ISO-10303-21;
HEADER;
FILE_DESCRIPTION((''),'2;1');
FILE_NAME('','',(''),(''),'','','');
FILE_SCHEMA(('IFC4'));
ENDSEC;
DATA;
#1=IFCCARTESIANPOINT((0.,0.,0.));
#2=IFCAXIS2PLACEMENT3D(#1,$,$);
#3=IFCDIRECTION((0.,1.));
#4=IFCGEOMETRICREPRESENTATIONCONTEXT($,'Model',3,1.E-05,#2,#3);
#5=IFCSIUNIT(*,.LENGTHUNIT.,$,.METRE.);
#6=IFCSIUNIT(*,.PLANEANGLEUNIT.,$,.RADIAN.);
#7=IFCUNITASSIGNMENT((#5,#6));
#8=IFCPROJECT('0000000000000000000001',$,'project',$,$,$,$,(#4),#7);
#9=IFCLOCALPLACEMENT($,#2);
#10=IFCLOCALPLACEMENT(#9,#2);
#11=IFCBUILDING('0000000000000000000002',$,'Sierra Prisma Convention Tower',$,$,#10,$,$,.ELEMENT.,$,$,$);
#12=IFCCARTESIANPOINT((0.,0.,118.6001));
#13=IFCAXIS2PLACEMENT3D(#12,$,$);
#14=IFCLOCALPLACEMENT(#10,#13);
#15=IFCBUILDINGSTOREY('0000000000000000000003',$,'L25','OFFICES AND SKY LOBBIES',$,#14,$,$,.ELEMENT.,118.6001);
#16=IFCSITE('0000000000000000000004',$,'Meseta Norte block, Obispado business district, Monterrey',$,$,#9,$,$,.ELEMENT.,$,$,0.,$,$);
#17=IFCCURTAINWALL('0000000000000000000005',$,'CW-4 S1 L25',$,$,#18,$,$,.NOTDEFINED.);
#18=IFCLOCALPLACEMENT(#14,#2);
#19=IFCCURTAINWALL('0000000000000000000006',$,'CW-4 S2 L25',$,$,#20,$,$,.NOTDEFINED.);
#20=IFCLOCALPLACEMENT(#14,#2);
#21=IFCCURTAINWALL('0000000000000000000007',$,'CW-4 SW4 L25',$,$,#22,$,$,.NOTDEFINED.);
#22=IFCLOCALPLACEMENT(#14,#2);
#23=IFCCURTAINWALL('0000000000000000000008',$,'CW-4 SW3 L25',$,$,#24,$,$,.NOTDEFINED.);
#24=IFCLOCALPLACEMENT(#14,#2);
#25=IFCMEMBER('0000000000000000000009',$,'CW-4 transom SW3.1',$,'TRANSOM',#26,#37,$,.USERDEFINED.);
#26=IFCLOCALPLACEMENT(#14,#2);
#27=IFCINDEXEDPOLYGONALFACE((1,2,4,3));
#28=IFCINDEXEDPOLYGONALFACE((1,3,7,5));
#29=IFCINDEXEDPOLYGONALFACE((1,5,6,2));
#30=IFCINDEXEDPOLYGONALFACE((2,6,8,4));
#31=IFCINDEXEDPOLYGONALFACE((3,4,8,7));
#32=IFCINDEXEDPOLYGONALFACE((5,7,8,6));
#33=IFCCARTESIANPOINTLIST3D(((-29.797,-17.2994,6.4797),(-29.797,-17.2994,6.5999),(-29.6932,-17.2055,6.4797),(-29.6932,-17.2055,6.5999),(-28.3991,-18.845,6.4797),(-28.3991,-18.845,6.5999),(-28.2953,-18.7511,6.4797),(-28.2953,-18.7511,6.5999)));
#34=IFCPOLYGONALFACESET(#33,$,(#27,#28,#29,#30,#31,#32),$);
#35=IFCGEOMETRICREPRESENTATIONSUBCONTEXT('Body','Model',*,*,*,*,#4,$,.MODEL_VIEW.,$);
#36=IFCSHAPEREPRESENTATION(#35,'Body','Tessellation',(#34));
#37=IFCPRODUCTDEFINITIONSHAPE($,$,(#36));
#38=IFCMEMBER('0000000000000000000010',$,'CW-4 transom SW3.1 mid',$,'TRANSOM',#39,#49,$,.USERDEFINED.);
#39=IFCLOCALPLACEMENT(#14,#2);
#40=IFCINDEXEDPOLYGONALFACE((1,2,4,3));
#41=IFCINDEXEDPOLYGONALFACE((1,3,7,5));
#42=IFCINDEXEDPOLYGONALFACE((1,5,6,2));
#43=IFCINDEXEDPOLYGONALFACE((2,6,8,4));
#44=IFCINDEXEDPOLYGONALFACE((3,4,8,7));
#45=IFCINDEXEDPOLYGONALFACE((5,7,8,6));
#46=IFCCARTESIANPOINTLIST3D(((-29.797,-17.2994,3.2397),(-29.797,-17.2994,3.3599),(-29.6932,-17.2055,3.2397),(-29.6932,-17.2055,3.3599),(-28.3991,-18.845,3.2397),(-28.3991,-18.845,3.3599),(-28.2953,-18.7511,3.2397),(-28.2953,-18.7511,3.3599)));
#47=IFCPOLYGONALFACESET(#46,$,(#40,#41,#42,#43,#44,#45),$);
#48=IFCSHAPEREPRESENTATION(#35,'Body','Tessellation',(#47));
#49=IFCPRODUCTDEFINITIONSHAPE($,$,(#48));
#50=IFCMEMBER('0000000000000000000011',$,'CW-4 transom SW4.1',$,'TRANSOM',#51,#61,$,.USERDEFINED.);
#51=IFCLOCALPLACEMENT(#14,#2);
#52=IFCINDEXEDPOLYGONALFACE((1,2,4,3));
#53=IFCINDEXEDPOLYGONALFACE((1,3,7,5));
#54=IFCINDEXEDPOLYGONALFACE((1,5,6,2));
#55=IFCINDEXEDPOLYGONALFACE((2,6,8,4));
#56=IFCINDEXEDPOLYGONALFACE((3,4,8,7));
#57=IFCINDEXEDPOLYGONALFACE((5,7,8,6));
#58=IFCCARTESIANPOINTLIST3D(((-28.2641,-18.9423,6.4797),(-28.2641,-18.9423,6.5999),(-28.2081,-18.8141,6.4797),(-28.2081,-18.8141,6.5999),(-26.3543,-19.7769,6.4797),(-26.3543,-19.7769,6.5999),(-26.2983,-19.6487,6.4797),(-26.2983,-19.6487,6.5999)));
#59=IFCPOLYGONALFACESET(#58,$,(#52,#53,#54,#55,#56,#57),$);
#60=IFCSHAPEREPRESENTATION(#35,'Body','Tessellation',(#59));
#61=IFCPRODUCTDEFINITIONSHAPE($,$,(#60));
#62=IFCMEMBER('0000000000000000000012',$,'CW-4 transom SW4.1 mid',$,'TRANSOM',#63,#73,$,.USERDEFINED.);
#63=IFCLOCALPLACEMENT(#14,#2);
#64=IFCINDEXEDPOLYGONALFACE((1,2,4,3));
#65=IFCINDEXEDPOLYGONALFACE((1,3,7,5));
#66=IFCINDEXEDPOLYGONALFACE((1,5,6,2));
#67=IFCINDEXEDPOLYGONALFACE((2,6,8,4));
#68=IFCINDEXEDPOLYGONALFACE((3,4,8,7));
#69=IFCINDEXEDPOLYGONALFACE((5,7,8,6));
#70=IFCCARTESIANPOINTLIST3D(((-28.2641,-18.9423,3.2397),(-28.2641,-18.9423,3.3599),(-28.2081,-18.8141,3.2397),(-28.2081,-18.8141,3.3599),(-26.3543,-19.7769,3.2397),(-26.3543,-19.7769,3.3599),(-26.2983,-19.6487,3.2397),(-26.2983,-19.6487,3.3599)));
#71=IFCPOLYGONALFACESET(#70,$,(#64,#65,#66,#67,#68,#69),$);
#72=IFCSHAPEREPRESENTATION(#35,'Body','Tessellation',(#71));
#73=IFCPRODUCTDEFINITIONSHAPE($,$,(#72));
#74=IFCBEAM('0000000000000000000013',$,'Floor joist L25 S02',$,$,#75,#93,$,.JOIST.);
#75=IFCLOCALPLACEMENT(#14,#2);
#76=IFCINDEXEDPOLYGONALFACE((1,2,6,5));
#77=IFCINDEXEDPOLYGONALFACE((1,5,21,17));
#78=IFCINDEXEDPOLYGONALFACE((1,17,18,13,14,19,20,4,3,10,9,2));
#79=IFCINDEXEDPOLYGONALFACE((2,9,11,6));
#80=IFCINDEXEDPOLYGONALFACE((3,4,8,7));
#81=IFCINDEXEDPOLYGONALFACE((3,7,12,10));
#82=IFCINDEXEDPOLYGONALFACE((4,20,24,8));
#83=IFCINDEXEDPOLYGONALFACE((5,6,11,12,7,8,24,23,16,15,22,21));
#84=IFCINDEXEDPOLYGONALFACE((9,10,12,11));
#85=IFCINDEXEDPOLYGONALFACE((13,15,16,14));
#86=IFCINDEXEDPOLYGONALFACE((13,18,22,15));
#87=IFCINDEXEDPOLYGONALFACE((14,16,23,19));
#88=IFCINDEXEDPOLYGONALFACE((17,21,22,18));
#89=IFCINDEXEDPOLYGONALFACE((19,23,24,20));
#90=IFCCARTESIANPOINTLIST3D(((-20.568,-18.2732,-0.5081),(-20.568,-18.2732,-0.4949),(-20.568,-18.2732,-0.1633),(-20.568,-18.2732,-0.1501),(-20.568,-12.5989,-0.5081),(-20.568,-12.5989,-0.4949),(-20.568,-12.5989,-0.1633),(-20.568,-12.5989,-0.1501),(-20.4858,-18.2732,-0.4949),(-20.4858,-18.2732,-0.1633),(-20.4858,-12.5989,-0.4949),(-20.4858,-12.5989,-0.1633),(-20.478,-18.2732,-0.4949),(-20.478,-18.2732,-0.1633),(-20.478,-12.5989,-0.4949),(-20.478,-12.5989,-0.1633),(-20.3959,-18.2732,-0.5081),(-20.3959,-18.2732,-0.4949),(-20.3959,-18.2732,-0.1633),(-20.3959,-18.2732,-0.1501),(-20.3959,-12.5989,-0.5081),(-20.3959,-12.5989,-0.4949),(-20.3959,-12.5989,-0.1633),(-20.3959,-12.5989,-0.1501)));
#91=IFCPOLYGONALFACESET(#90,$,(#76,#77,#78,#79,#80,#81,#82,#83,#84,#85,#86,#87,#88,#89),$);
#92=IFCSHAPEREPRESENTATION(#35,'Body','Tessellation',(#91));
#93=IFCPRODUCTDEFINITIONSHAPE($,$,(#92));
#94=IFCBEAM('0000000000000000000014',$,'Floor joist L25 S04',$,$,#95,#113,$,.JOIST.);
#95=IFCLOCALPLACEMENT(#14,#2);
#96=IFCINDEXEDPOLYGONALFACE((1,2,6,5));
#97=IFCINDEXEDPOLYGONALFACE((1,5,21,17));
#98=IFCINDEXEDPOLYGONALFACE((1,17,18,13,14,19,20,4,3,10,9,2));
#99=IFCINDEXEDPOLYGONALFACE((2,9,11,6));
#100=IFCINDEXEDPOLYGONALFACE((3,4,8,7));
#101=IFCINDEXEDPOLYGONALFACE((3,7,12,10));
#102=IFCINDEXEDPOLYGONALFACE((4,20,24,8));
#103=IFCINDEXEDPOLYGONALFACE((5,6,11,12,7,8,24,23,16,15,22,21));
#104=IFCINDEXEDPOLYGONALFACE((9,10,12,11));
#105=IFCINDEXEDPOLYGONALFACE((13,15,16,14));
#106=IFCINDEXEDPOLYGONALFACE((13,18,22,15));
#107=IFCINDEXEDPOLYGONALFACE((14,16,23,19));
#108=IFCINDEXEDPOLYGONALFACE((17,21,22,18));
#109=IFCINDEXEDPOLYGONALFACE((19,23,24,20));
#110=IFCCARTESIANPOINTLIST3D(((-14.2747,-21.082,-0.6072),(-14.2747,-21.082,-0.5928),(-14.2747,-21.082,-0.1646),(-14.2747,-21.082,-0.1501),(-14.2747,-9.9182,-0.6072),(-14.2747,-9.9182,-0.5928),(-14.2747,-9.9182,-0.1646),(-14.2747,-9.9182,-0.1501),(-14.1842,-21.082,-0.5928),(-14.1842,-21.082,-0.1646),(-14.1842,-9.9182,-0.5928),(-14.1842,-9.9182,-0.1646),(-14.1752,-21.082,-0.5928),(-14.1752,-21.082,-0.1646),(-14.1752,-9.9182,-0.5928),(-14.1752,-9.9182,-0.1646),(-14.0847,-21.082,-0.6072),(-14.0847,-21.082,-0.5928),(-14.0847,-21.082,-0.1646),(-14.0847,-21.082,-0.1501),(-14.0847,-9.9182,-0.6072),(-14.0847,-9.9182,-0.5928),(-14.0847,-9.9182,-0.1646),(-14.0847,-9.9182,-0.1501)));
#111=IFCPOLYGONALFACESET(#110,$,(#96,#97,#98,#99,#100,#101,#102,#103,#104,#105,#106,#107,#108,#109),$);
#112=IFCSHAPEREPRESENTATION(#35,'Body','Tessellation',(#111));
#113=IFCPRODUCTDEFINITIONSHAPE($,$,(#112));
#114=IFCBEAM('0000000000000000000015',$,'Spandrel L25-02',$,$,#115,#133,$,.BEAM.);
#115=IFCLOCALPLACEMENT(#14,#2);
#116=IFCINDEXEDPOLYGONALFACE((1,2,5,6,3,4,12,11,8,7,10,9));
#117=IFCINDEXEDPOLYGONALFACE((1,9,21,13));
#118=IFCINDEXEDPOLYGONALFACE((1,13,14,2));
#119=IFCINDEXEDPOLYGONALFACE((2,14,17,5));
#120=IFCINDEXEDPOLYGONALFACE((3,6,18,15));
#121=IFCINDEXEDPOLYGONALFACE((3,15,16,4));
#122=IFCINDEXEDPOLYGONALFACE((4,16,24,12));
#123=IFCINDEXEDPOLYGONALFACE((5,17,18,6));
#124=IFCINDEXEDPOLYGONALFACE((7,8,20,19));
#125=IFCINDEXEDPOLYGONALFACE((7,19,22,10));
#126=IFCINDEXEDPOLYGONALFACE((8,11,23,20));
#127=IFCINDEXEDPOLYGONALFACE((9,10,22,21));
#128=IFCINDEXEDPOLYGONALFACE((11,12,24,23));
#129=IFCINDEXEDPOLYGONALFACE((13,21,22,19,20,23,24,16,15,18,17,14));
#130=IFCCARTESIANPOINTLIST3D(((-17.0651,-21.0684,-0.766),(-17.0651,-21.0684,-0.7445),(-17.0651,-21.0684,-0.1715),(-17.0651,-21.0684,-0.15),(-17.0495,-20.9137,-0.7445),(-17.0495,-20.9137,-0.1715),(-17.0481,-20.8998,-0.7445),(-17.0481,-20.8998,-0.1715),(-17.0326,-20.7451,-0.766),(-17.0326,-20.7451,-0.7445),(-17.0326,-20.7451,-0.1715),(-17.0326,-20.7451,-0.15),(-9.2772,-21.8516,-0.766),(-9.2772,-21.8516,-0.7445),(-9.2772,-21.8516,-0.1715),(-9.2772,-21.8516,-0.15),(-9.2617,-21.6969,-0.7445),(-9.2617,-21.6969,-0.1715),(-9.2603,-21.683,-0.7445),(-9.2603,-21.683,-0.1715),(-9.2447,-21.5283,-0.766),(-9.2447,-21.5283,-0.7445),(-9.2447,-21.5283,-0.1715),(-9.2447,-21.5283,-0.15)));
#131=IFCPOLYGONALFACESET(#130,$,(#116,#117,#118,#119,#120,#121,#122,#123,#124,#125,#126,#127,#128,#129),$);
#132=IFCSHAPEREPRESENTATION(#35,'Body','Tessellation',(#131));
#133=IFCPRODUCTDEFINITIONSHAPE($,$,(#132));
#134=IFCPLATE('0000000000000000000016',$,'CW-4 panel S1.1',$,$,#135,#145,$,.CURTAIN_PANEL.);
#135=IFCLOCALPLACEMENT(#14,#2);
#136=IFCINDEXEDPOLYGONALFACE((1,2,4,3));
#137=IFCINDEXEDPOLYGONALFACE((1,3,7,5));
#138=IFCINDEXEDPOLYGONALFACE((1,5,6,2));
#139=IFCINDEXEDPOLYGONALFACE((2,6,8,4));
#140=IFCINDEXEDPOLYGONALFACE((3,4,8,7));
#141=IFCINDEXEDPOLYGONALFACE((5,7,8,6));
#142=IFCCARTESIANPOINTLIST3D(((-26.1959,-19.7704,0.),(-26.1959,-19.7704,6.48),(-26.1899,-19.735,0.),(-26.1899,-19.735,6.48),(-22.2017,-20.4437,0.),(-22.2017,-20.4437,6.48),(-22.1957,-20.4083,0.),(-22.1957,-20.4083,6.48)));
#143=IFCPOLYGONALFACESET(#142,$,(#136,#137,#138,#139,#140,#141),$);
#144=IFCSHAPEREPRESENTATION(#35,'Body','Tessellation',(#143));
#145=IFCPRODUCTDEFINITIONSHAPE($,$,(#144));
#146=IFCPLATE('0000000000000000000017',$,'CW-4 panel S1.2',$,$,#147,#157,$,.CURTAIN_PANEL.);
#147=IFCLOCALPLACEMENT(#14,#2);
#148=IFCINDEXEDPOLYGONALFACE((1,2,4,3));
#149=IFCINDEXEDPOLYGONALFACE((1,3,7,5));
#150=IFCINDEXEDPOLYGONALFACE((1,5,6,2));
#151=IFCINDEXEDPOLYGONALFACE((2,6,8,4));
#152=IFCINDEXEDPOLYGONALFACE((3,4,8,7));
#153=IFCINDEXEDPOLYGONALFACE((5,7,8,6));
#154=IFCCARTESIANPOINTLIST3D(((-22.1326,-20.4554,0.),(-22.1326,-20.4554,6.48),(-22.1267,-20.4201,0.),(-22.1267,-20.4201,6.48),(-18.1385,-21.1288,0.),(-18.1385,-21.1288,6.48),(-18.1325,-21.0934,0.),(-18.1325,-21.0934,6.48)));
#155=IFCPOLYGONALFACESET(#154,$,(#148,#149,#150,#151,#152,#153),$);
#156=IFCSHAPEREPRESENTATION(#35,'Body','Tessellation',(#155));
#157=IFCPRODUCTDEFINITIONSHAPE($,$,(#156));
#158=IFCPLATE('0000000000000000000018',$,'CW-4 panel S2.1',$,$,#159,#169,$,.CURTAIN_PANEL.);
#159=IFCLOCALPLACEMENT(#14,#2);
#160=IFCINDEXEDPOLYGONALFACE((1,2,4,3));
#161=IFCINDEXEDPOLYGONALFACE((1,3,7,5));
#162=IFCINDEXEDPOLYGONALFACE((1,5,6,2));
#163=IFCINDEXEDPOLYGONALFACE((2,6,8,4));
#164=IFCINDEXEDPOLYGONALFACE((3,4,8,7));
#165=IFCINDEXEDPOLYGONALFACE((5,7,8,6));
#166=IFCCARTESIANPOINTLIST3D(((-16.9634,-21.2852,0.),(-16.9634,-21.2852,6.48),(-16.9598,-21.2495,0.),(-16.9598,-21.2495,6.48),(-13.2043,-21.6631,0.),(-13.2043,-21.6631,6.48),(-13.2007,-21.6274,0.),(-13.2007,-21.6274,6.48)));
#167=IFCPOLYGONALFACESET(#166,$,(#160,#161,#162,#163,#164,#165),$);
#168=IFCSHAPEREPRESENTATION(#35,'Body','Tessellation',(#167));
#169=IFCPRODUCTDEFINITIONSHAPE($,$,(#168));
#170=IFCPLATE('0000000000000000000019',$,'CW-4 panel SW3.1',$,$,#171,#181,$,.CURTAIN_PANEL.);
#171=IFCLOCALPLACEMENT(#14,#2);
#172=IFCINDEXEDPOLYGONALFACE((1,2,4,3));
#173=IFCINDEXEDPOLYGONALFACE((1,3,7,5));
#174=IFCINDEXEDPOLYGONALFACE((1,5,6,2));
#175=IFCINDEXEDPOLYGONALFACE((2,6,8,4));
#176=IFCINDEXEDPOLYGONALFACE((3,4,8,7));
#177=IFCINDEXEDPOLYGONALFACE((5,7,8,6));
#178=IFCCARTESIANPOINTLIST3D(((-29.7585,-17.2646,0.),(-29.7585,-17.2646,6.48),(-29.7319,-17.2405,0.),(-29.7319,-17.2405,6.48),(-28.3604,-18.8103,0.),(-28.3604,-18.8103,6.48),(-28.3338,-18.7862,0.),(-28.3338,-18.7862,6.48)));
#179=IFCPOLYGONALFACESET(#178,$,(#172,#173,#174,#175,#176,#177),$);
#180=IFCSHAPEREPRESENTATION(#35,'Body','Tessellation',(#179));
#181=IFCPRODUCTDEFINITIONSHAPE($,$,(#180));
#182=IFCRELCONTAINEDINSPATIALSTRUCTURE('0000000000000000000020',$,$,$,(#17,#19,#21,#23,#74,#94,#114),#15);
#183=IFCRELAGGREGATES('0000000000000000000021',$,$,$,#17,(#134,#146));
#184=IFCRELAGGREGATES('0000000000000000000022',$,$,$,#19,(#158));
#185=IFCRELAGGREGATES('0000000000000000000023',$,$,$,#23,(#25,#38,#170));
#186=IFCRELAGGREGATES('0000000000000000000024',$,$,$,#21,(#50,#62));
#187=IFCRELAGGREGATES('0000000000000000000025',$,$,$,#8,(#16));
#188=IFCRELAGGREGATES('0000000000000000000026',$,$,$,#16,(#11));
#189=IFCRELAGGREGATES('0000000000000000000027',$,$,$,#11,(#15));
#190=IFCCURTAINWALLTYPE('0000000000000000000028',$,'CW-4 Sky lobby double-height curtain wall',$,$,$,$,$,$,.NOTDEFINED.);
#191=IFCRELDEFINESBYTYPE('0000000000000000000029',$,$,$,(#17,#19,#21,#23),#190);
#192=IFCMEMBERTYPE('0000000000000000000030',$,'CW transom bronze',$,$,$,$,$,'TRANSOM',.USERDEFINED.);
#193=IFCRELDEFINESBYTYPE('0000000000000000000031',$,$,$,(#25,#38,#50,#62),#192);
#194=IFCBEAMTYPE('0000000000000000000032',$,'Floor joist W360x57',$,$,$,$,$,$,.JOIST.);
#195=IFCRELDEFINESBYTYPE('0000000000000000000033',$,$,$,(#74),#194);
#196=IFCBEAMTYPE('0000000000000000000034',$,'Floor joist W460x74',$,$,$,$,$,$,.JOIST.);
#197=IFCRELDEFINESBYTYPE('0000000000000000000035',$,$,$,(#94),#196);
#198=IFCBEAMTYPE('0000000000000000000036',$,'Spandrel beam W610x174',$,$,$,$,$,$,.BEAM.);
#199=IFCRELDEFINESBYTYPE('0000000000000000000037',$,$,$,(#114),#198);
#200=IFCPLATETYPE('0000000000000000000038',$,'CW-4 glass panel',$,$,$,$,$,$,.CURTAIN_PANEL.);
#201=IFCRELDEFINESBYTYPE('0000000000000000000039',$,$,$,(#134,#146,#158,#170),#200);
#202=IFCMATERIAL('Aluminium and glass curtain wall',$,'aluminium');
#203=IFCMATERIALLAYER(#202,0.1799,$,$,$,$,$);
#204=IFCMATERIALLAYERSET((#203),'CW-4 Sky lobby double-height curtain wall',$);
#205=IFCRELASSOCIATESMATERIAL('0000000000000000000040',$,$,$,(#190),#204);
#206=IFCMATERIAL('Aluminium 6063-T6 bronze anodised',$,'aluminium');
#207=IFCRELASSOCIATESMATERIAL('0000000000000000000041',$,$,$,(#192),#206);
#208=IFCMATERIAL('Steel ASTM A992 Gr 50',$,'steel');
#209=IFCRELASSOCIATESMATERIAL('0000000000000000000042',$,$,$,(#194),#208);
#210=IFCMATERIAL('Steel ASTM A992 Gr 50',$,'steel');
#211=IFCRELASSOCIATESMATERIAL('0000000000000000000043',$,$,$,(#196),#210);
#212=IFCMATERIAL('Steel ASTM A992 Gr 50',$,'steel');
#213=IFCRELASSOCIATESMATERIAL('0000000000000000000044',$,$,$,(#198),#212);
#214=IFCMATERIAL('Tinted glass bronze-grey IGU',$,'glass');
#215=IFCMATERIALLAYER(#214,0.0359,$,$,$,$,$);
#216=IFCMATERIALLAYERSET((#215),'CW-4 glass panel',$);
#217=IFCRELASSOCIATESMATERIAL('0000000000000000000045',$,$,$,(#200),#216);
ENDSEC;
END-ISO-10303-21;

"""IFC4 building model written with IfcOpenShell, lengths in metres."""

from ifc_helpers import new_model, si_unit, direction, frame, origin, origin_2d, place, context, subcontext, project, spatial, rectangle, i_section, extrude, material, layer, layer_set, material_profile, profile_set, type_object, element, aggregate, save


model = new_model("IFC4")

# Units and contexts
model_context = context("Model", 3, precision=1e-05, world=origin(), true_north=direction((0.0, 1.0)))
body_context = subcontext(model_context, "Body", "Model", "MODEL_VIEW")
ifc_project = project(units=[si_unit("LENGTHUNIT", "METRE"), si_unit("PLANEANGLEUNIT", "RADIAN")], contexts=[model_context])

# Site, building, storey
site_placement = place(None, origin())
site = spatial("IfcSite", under=ifc_project, at=site_placement, Name="Meseta Norte block, Obispado business district, Monterrey", CompositionType="ELEMENT", RefElevation=0.0)
building_placement = place(site_placement, origin())
building = spatial("IfcBuilding", under=site, at=building_placement, Name="Sierra Prisma Convention Tower", CompositionType="ELEMENT")
storey_placement = place(building_placement, frame((0.0, 0.0, 118.6001)))
storey = spatial("IfcBuildingStorey", under=building, at=storey_placement, Name="L25", Description="OFFICES AND SKY LOBBIES", CompositionType="ELEMENT", Elevation=118.6001)

# Curtain walls
ifc_material_1 = material(Name="Aluminium and glass curtain wall", Category="aluminium")
ifc_layer_1 = layer(ifc_material_1, 0.1799)
ifc_layer_set_1 = layer_set([ifc_layer_1], Name="CW-4 Sky lobby double-height curtain wall")
curtain_wall_type = type_object("IfcCurtainWallType", Name="CW-4 Sky lobby double-height curtain wall", PredefinedType="NOTDEFINED", material=ifc_layer_set_1)
curtain_wall_1_placement = place(storey_placement, origin())
curtain_wall_1 = element("IfcCurtainWall", 1, at=curtain_wall_1_placement, inside=storey, type_object=curtain_wall_type, Name="CW-4 S1 L25", PredefinedType="NOTDEFINED")
curtain_wall_2_placement = place(storey_placement, origin())
curtain_wall_2 = element("IfcCurtainWall", 2, at=curtain_wall_2_placement, inside=storey, type_object=curtain_wall_type, Name="CW-4 S2 L25", PredefinedType="NOTDEFINED")

# Curtain wall
curtain_wall_3_placement = place(storey_placement, origin())
curtain_wall_3 = element("IfcCurtainWall", 3, at=curtain_wall_3_placement, inside=storey, type_object=curtain_wall_type, Name="CW-4 SW4 L25", PredefinedType="NOTDEFINED")

# Shared definitions
ifc_material_2 = material(Name="Aluminium 6063-T6 bronze anodised", Category="aluminium")
ifc_material_profile_1 = material_profile(ifc_material_2, rectangle(XDim=0.1399, YDim=0.1201, at=origin_2d()), Name="ALU TRANSOM 120x140")
ifc_profile_set_1 = profile_set([ifc_material_profile_1], Name="Aluminium 6063-T6 bronze anodised")
member_type_1 = type_object("IfcMemberType", Name="CW transom bronze", ElementType="TRANSOM", PredefinedType="USERDEFINED", material=ifc_profile_set_1)

# Curtain wall, members
curtain_wall_4_placement = place(storey_placement, origin())
curtain_wall_4 = element("IfcCurtainWall", 4, at=curtain_wall_4_placement, inside=storey, type_object=curtain_wall_type, Name="CW-4 SW3 L25", PredefinedType="NOTDEFINED")
member_1_placement = place(storey_placement, frame((-29.7451, -17.2524, 6.5398), z_axis=(0.670781, -0.741655, 0.0), x_axis=(0.741655, 0.670781, 0.0)))
member_1 = element("IfcMember", 5, at=member_1_placement, type_object=member_type_1, Name="CW-4 transom SW3.1", ObjectType="TRANSOM", PredefinedType="USERDEFINED", context=body_context, shape_type="SweptSolid", body=[
    extrude(rectangle(XDim=0.1399, YDim=0.1201, at=origin_2d()), origin(), (0.0, 0.0, 1.0), 2.084),
])
member_2_placement = place(storey_placement, frame((-29.7451, -17.2524, 3.2998), z_axis=(0.670781, -0.741655, 0.0), x_axis=(0.741655, 0.670781, 0.0)))
member_2 = element("IfcMember", 6, at=member_2_placement, type_object=member_type_1, Name="CW-4 transom SW3.1 mid", ObjectType="TRANSOM", PredefinedType="USERDEFINED", context=body_context, shape_type="SweptSolid", body=[
    extrude(rectangle(XDim=0.1399, YDim=0.1201, at=origin_2d()), origin(), (0.0, 0.0, 1.0), 2.084),
])

# Members
member_3_placement = place(storey_placement, frame((-28.2361, -18.8782, 6.5398), z_axis=(0.91631, -0.400469, 0.0), x_axis=(0.400469, 0.91631, 0.0)))
member_3 = element("IfcMember", 7, at=member_3_placement, type_object=member_type_1, Name="CW-4 transom SW4.1", ObjectType="TRANSOM", PredefinedType="USERDEFINED", context=body_context, shape_type="SweptSolid", body=[
    extrude(rectangle(XDim=0.1399, YDim=0.1201, at=origin_2d()), origin(), (0.0, 0.0, 1.0), 2.0842),
])
member_4_placement = place(storey_placement, frame((-28.2361, -18.8782, 3.2998), z_axis=(0.91631, -0.400469, 0.0), x_axis=(0.400469, 0.91631, 0.0)))
member_4 = element("IfcMember", 8, at=member_4_placement, type_object=member_type_1, Name="CW-4 transom SW4.1 mid", ObjectType="TRANSOM", PredefinedType="USERDEFINED", context=body_context, shape_type="SweptSolid", body=[
    extrude(rectangle(XDim=0.1399, YDim=0.1201, at=origin_2d()), origin(), (0.0, 0.0, 1.0), 2.0842),
])

# Beams
ifc_material_3 = material(Name="Steel ASTM A992 Gr 50", Category="steel")
ifc_material_profile_2 = material_profile(ifc_material_3, i_section(OverallWidth=0.1721, OverallDepth=0.3579, WebThickness=0.0078, FlangeThickness=0.0132, at=origin_2d()), Name="W360x57")
ifc_profile_set_2 = profile_set([ifc_material_profile_2], Name="Steel ASTM A992 Gr 50")
beam_type_1 = type_object("IfcBeamType", Name="Floor joist W360x57", PredefinedType="JOIST", material=ifc_profile_set_2)
beam_1_placement = place(storey_placement, frame((-20.4819, -18.2732, -0.3291), z_axis=(0.0, 1.0, 0.0), x_axis=(-1.0, 0.0, 0.0)))
element("IfcBeam", 9, at=beam_1_placement, inside=storey, type_object=beam_type_1, Name="Floor joist L25 S02", PredefinedType="JOIST", context=body_context, shape_type="SweptSolid", body=[
    extrude(i_section(OverallWidth=0.1721, OverallDepth=0.3579, WebThickness=0.0078, FlangeThickness=0.0132, at=origin_2d()), origin(), (0.0, 0.0, 1.0), 5.6743),
])
ifc_material_4 = material(Name="Steel ASTM A992 Gr 50", Category="steel")
ifc_material_profile_3 = material_profile(ifc_material_4, i_section(OverallWidth=0.1899, OverallDepth=0.457, WebThickness=0.009, FlangeThickness=0.0144, at=origin_2d()), Name="W460x74")
ifc_profile_set_3 = profile_set([ifc_material_profile_3], Name="Steel ASTM A992 Gr 50")
beam_type_2 = type_object("IfcBeamType", Name="Floor joist W460x74", PredefinedType="JOIST", material=ifc_profile_set_3)
beam_2_placement = place(storey_placement, frame((-14.1797, -21.082, -0.3787), z_axis=(0.0, 1.0, 0.0), x_axis=(-1.0, 0.0, 0.0)))
element("IfcBeam", 10, at=beam_2_placement, inside=storey, type_object=beam_type_2, Name="Floor joist L25 S04", PredefinedType="JOIST", context=body_context, shape_type="SweptSolid", body=[
    extrude(i_section(OverallWidth=0.1899, OverallDepth=0.457, WebThickness=0.009, FlangeThickness=0.0144, at=origin_2d()), origin(), (0.0, 0.0, 1.0), 11.1638),
])
ifc_material_5 = material(Name="Steel ASTM A992 Gr 50", Category="steel")
ifc_material_profile_4 = material_profile(ifc_material_5, i_section(OverallWidth=0.325, OverallDepth=0.616, WebThickness=0.0139, FlangeThickness=0.0215, at=origin_2d()), Name="W610x174")
ifc_profile_set_4 = profile_set([ifc_material_profile_4], Name="Steel ASTM A992 Gr 50")
beam_type_3 = type_object("IfcBeamType", Name="Spandrel beam W610x174", PredefinedType="BEAM", material=ifc_profile_set_4)
beam_3_placement = place(storey_placement, frame((-17.0488, -20.9067, -0.458), z_axis=(0.994981, -0.100063, 0.0), x_axis=(0.100063, 0.994981, 0.0)))
element("IfcBeam", 11, at=beam_3_placement, inside=storey, type_object=beam_type_3, Name="Spandrel L25-02", PredefinedType="BEAM", context=body_context, shape_type="SweptSolid", body=[
    extrude(i_section(OverallWidth=0.325, OverallDepth=0.616, WebThickness=0.0139, FlangeThickness=0.0215, at=origin_2d()), origin(), (0.0, 0.0, 1.0), 7.8271),
])

# Plates
ifc_material_6 = material(Name="Tinted glass bronze-grey IGU", Category="glass")
ifc_layer_2 = layer(ifc_material_6, 0.0359)
ifc_layer_set_2 = layer_set([ifc_layer_2], Name="CW-4 glass panel")
plate_type = type_object("IfcPlateType", Name="CW-4 glass panel", PredefinedType="CURTAIN_PANEL", material=ifc_layer_set_2)
plate_1_placement = place(storey_placement, frame((-24.1958, -20.0894, 0.0), z_axis=(0.0, 0.0, 1.0), x_axis=(0.986087, -0.166232, 0.0)))
plate_1 = element("IfcPlate", 12, at=plate_1_placement, type_object=plate_type, Name="CW-4 panel S1.1", PredefinedType="CURTAIN_PANEL", context=body_context, shape_type="SweptSolid", body=[
    extrude(rectangle(XDim=4.0505, YDim=0.0359, at=origin_2d()), origin(), (0.0, 0.0, 1.0), 6.48),
])
plate_2_placement = place(storey_placement, frame((-20.1326, -20.7744, 0.0), z_axis=(0.0, 0.0, 1.0), x_axis=(0.986087, -0.166232, 0.0)))
plate_2 = element("IfcPlate", 13, at=plate_2_placement, type_object=plate_type, Name="CW-4 panel S1.2", PredefinedType="CURTAIN_PANEL", context=body_context, shape_type="SweptSolid", body=[
    extrude(rectangle(XDim=4.0505, YDim=0.0359, at=origin_2d()), origin(), (0.0, 0.0, 1.0), 6.48),
])
aggregate(curtain_wall_1, [plate_1, plate_2])
plate_3_placement = place(storey_placement, frame((-15.082, -21.4563, 0.0), z_axis=(0.0, 0.0, 1.0), x_axis=(0.994984, -0.100037, 0.0)))
plate_3 = element("IfcPlate", 14, at=plate_3_placement, type_object=plate_type, Name="CW-4 panel S2.1", PredefinedType="CURTAIN_PANEL", context=body_context, shape_type="SweptSolid", body=[
    extrude(rectangle(XDim=3.7781, YDim=0.0359, at=origin_2d()), origin(), (0.0, 0.0, 1.0), 6.48),
])
aggregate(curtain_wall_2, [plate_3])
plate_4_placement = place(storey_placement, frame((-29.0461, -18.0254, 0.0), z_axis=(0.0, 0.0, 1.0), x_axis=(0.670807, -0.741632, 0.0)))
plate_4 = element("IfcPlate", 15, at=plate_4_placement, type_object=plate_type, Name="CW-4 panel SW3.1", PredefinedType="CURTAIN_PANEL", context=body_context, shape_type="SweptSolid", body=[
    extrude(rectangle(XDim=2.0842, YDim=0.0359, at=origin_2d()), origin(), (0.0, 0.0, 1.0), 6.48),
])
aggregate(curtain_wall_4, [member_1, member_2, plate_4])
aggregate(curtain_wall_3, [member_3, member_4])

save(model, "model.ifc")
